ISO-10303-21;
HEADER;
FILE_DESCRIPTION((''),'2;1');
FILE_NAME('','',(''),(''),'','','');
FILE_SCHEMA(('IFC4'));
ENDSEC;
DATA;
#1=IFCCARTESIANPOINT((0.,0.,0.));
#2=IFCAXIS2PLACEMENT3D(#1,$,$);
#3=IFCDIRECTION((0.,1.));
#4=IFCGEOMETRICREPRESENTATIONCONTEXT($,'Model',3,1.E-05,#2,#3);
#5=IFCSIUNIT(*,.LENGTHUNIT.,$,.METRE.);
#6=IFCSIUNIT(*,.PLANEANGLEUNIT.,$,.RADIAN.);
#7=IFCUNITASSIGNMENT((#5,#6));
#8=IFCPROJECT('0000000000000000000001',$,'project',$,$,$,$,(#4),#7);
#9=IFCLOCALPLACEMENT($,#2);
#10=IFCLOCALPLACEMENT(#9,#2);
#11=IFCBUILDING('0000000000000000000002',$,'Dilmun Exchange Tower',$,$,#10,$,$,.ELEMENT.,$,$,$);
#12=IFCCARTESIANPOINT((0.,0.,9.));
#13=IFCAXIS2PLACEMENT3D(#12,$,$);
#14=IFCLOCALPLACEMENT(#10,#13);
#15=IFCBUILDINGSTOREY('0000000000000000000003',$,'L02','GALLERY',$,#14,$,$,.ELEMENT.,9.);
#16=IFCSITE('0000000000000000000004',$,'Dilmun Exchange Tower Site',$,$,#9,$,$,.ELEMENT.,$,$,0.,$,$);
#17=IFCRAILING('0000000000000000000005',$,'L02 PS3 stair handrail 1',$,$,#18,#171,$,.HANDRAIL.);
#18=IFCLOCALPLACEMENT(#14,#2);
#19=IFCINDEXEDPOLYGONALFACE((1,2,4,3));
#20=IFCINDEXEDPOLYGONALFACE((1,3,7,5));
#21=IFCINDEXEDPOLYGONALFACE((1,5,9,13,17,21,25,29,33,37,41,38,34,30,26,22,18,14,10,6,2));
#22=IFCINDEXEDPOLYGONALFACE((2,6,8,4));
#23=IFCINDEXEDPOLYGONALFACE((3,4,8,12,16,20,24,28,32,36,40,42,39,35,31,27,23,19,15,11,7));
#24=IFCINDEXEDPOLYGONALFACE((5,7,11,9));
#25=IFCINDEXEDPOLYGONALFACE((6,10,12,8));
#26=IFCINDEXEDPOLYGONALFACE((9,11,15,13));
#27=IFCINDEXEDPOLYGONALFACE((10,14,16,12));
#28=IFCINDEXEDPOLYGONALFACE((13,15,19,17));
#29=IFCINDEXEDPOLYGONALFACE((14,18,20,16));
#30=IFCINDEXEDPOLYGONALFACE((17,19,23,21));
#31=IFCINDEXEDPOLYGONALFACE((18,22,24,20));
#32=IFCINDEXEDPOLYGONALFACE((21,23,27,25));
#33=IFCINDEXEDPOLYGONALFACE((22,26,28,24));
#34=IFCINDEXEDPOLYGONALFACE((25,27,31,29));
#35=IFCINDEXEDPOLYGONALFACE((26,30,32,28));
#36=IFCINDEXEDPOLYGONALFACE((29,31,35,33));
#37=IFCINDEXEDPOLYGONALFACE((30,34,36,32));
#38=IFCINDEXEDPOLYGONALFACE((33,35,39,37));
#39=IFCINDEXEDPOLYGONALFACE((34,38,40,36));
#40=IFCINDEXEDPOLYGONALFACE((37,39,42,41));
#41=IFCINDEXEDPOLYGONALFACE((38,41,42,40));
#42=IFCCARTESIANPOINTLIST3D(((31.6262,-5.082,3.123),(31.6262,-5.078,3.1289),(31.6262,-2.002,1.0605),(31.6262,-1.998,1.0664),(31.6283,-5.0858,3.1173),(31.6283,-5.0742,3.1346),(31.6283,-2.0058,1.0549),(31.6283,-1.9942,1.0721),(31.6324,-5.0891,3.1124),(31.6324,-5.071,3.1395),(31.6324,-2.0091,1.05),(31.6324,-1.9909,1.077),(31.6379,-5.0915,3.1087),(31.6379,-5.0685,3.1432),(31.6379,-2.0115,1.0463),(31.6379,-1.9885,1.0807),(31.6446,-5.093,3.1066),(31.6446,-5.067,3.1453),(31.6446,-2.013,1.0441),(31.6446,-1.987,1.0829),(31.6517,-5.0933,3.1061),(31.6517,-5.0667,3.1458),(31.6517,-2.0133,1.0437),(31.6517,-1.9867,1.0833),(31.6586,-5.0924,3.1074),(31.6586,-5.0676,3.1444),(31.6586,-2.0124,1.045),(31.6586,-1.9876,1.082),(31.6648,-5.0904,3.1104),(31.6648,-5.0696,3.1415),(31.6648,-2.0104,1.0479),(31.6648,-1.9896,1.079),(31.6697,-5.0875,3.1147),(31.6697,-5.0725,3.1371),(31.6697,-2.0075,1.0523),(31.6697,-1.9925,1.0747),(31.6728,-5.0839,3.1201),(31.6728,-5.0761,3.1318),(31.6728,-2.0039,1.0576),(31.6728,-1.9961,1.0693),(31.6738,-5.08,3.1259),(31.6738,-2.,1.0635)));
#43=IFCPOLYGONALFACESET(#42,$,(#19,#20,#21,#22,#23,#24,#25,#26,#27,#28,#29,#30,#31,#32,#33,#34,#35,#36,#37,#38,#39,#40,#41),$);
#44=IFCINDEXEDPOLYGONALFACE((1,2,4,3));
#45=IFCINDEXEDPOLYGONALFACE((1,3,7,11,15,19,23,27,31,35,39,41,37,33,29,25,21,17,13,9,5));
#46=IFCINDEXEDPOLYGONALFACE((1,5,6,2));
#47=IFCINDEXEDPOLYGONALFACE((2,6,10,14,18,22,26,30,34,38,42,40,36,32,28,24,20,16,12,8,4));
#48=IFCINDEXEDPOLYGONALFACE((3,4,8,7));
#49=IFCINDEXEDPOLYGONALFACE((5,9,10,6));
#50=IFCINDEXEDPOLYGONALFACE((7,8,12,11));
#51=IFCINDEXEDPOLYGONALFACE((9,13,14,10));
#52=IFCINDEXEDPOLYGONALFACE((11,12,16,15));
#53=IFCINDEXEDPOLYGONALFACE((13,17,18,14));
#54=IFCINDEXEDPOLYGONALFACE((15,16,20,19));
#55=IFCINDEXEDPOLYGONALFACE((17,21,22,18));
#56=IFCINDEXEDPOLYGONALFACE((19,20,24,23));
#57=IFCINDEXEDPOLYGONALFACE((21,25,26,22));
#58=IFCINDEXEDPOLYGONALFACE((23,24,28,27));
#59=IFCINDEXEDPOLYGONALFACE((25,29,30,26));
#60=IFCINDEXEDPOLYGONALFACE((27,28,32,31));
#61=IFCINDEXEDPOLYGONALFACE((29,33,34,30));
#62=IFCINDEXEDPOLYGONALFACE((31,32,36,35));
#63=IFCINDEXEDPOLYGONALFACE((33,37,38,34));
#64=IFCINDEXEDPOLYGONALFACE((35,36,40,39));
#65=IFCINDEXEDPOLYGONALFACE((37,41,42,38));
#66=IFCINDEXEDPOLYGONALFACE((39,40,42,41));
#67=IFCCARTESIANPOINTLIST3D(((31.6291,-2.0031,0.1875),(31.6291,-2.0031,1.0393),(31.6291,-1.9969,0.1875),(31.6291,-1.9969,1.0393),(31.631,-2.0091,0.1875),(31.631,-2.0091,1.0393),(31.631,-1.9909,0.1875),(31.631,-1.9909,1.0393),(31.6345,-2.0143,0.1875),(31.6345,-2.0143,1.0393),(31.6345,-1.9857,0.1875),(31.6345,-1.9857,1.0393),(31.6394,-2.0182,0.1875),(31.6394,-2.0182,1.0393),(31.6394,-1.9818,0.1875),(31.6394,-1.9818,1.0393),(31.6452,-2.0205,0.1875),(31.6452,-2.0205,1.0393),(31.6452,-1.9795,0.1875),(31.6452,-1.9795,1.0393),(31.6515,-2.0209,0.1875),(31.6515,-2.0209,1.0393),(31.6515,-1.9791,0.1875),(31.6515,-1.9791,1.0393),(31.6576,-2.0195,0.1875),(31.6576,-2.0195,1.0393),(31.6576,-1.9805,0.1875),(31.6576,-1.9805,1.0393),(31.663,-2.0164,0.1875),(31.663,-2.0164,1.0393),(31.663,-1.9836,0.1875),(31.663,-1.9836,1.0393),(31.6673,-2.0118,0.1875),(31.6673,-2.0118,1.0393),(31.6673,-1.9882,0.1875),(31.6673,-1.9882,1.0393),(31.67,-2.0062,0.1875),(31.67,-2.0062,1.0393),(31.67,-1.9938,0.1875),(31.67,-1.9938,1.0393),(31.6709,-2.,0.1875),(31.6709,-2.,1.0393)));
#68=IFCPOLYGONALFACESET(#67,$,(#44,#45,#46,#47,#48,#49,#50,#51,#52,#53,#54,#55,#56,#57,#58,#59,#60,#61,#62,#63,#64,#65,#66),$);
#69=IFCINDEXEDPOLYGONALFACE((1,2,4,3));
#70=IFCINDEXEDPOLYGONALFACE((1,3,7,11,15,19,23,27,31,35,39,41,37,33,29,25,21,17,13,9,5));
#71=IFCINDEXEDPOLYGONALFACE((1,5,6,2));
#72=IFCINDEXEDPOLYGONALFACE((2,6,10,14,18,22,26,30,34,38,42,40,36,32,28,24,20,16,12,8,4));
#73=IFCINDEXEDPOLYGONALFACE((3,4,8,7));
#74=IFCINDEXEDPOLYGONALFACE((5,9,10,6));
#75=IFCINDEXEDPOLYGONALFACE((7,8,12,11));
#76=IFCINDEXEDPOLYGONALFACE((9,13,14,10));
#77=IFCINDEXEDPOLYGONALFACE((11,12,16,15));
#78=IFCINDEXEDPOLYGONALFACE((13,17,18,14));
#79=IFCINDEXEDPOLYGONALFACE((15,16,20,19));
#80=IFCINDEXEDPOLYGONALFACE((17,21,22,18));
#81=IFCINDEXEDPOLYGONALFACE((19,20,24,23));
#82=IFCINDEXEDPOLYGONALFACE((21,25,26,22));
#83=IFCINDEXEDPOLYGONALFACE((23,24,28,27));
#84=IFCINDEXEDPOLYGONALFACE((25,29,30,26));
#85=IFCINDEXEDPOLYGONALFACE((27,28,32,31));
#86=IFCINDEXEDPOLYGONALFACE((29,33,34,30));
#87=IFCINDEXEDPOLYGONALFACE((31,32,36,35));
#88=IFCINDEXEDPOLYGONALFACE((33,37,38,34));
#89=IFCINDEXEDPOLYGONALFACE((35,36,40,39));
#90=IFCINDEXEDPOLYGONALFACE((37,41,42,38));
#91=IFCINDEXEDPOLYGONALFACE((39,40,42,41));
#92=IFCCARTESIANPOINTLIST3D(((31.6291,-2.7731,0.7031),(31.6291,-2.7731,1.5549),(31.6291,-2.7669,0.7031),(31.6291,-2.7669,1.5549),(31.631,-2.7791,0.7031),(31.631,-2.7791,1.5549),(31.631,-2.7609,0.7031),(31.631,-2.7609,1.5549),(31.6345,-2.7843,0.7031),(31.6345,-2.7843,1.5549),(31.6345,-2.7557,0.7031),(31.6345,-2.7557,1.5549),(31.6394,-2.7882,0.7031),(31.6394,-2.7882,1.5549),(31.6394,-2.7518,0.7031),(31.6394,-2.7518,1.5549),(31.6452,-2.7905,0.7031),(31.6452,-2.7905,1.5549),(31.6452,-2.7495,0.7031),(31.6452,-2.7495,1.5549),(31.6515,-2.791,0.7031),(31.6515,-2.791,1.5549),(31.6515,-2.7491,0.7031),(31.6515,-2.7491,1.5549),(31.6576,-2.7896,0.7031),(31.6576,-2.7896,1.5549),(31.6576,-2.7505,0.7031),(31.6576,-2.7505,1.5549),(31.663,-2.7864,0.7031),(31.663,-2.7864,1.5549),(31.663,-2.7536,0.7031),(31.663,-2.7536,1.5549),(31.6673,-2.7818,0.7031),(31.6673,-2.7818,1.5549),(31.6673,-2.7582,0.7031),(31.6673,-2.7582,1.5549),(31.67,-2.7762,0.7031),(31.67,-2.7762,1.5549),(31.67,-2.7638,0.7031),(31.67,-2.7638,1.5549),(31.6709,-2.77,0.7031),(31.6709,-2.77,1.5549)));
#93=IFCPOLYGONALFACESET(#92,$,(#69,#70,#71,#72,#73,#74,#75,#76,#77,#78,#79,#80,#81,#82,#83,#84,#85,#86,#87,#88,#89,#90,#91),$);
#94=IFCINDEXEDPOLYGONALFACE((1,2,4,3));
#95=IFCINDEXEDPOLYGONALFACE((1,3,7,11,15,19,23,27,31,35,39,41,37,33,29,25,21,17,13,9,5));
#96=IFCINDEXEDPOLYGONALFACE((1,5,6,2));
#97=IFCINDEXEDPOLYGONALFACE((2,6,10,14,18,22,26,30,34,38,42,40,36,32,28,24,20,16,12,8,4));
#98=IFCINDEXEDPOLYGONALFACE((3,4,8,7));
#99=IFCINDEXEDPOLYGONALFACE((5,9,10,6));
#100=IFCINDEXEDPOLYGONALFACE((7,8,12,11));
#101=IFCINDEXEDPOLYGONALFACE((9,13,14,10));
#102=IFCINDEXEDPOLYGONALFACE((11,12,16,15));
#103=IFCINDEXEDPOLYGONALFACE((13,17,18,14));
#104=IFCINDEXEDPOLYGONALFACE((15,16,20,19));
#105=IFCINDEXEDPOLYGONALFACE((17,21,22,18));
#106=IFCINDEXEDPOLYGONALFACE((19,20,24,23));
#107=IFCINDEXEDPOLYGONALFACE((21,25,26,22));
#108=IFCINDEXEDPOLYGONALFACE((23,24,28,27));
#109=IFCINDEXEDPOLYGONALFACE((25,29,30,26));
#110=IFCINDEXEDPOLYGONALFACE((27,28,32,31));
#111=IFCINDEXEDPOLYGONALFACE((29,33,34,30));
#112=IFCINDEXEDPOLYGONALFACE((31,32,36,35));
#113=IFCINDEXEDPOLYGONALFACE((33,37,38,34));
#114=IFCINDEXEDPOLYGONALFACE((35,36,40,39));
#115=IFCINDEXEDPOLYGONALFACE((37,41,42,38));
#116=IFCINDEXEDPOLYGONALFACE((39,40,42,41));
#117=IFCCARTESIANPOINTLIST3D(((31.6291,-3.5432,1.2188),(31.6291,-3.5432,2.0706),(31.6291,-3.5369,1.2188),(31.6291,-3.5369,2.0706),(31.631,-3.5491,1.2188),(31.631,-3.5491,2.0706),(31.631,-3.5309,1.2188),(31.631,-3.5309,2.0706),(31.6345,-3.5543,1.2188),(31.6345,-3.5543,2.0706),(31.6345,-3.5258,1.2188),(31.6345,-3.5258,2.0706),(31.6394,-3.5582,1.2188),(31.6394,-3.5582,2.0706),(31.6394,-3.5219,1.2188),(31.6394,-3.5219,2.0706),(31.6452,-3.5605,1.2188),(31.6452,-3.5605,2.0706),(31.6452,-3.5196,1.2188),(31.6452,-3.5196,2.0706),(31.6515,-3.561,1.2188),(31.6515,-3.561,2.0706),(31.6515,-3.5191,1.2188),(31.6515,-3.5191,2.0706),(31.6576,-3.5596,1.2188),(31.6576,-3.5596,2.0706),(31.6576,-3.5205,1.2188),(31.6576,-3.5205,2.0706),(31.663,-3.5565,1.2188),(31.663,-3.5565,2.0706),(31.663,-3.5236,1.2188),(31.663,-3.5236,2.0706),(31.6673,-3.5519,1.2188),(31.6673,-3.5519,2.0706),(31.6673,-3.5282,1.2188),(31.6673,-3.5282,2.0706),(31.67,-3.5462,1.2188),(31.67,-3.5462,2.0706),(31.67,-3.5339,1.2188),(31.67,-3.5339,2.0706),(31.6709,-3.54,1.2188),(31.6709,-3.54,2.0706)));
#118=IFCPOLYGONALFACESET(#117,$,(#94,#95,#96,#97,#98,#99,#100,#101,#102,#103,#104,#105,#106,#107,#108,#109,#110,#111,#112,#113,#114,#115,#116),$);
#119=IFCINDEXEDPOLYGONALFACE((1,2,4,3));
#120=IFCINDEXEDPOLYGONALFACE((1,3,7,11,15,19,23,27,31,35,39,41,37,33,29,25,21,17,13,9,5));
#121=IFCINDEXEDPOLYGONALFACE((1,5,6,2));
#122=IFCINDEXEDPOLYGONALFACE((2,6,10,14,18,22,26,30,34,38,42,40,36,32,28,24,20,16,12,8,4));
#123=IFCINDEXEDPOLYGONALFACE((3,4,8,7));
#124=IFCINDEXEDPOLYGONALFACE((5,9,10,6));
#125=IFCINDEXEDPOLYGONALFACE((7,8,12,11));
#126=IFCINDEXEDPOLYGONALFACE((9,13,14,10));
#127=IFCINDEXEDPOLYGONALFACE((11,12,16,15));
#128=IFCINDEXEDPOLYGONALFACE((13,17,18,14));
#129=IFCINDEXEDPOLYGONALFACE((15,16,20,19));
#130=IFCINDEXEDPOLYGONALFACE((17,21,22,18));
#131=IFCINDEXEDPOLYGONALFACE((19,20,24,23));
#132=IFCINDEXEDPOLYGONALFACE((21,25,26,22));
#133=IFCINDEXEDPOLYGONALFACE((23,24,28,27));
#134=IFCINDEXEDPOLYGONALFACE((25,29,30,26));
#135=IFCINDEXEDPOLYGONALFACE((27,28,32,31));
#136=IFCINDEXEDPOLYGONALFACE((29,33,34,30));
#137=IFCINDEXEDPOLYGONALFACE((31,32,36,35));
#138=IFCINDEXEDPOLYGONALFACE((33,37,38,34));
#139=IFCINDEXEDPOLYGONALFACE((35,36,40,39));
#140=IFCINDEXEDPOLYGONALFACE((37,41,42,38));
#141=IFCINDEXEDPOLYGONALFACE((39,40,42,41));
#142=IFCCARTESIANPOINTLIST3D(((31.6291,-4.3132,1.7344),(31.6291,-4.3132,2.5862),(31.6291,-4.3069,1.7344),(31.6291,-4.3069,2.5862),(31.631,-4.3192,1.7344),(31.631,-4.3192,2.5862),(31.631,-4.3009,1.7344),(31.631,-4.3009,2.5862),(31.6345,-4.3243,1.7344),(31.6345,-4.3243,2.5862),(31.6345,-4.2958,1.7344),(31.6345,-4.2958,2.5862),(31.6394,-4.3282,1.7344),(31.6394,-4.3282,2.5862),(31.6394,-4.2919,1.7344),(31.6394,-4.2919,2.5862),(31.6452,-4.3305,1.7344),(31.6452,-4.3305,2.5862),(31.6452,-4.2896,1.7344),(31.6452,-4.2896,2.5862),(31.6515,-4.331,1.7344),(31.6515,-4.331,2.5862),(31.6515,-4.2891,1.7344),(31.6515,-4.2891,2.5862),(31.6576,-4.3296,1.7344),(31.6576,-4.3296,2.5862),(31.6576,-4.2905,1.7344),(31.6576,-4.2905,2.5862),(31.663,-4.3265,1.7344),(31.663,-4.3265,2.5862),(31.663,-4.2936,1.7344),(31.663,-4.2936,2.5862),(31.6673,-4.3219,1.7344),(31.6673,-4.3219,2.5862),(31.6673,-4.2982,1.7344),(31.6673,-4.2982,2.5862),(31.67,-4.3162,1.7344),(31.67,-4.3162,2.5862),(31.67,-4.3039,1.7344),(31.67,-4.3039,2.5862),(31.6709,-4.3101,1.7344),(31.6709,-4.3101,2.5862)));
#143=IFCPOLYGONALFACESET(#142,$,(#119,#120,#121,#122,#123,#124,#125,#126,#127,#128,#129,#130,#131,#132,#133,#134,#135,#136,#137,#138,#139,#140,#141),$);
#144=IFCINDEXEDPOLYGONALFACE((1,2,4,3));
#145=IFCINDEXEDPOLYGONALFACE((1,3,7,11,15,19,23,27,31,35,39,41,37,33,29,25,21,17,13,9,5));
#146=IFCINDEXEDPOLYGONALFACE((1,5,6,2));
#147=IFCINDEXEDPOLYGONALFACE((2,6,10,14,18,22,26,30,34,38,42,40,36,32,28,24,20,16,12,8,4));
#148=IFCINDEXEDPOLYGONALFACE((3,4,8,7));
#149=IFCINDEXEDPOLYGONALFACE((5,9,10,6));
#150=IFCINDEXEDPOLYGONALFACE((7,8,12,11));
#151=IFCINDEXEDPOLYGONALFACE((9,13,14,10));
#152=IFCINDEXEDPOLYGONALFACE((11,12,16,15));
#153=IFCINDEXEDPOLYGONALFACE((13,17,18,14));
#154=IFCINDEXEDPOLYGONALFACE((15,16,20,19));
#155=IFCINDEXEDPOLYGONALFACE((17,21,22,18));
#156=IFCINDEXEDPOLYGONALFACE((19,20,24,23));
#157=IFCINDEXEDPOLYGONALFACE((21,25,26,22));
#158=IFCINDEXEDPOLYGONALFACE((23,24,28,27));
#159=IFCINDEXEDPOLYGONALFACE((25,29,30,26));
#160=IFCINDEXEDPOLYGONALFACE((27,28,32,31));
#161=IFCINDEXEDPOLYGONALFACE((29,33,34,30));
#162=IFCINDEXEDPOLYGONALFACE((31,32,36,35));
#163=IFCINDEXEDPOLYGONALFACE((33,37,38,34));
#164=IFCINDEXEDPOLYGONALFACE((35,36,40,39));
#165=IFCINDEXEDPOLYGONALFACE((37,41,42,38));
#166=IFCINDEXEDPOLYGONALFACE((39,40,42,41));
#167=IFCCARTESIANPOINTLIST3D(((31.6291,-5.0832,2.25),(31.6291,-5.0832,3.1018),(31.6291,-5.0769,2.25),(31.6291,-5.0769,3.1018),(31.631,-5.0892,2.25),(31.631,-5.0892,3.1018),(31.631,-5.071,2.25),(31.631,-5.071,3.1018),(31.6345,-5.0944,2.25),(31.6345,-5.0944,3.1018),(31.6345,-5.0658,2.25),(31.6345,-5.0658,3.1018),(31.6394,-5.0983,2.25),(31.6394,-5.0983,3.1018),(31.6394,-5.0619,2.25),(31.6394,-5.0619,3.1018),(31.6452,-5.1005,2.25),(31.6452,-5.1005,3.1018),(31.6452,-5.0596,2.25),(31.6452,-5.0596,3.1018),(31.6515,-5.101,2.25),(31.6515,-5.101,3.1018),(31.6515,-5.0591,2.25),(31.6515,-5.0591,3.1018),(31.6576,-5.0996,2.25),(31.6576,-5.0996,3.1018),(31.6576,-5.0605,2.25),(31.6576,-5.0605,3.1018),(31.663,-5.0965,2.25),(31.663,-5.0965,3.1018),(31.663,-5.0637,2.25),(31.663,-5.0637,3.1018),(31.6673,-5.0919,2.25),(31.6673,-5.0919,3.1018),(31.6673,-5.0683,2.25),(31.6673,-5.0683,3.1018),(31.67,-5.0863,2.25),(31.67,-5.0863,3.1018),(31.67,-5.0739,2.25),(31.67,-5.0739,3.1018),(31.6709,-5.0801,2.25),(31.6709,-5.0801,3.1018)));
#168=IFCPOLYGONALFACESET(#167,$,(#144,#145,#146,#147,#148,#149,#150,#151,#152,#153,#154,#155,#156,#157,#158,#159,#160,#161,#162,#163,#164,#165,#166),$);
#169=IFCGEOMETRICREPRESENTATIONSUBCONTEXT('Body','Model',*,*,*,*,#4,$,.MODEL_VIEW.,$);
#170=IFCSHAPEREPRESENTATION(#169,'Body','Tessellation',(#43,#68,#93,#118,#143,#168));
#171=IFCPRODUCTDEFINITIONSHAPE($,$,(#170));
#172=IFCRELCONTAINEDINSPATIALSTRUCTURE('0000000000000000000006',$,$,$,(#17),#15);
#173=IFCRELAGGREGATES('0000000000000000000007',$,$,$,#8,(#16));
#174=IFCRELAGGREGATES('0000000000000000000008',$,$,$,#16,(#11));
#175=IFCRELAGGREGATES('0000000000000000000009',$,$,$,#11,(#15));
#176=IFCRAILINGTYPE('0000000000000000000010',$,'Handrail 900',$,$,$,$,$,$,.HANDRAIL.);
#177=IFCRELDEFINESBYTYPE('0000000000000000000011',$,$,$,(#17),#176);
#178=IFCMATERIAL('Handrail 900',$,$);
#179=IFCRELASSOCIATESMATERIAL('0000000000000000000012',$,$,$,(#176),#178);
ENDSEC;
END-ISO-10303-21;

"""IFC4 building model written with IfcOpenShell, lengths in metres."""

from ifc_helpers import new_model, si_unit, direction, frame, origin, origin_2d, place, context, subcontext, project, spatial, circle, extrude, material, type_object, element, save


model = new_model("IFC4")

# Units and contexts
model_context = context("Model", 3, precision=1e-05, world=origin(), true_north=direction((0.0, 1.0)))
body_context = subcontext(model_context, "Body", "Model", "MODEL_VIEW")
ifc_project = project(units=[si_unit("LENGTHUNIT", "METRE"), si_unit("PLANEANGLEUNIT", "RADIAN")], contexts=[model_context])

# Site, building, storey
site_placement = place(None, origin())
site = spatial("IfcSite", under=ifc_project, at=site_placement, Name="Dilmun Exchange Tower Site", CompositionType="ELEMENT", RefElevation=0.0)
building_placement = place(site_placement, origin())
building = spatial("IfcBuilding", under=site, at=building_placement, Name="Dilmun Exchange Tower", CompositionType="ELEMENT")
storey_placement = place(building_placement, frame((0.0, 0.0, 9.0)))
storey = spatial("IfcBuildingStorey", under=building, at=storey_placement, Name="L02", Description="GALLERY", CompositionType="ELEMENT", Elevation=9.0)

# Railing
ifc_material_1 = material(Name="Handrail 900")
railing_type_1 = type_object("IfcRailingType", Name="Handrail 900", PredefinedType="HANDRAIL", material=ifc_material_1)
railing_1_placement = place(storey_placement, frame((31.6499, -2.0, 0.1875)))
element("IfcRailing", 1, at=railing_1_placement, inside=storey, type_object=railing_type_1, Name="L02 PS3 stair handrail 1", PredefinedType="HANDRAIL", context=body_context, shape_type="SweptSolid", body=[
    extrude(circle(Radius=0.0239, at=origin_2d()), frame((0.0, 0.0, 0.876), z_axis=(0.0, -0.830914, 0.556401), x_axis=(1.0, 0.0, 0.0)), (0.0, 0.0, 1.0), 3.7068),
    extrude(circle(Radius=0.021, at=origin_2d()), origin(), (0.0, 0.0, 1.0), 0.8518),
    extrude(circle(Radius=0.021, at=origin_2d()), frame((0.0, -0.77, 0.5156)), (0.0, 0.0, 1.0), 0.8518),
    extrude(circle(Radius=0.021, at=origin_2d()), frame((0.0, -1.54, 1.0312)), (0.0, 0.0, 1.0), 0.8518),
    extrude(circle(Radius=0.021, at=origin_2d()), frame((0.0, -2.3101, 1.5469)), (0.0, 0.0, 1.0), 0.8518),
    extrude(circle(Radius=0.021, at=origin_2d()), frame((0.0, -3.0801, 2.0625)), (0.0, 0.0, 1.0), 0.8518),
])

save(model, "model.ifc")
